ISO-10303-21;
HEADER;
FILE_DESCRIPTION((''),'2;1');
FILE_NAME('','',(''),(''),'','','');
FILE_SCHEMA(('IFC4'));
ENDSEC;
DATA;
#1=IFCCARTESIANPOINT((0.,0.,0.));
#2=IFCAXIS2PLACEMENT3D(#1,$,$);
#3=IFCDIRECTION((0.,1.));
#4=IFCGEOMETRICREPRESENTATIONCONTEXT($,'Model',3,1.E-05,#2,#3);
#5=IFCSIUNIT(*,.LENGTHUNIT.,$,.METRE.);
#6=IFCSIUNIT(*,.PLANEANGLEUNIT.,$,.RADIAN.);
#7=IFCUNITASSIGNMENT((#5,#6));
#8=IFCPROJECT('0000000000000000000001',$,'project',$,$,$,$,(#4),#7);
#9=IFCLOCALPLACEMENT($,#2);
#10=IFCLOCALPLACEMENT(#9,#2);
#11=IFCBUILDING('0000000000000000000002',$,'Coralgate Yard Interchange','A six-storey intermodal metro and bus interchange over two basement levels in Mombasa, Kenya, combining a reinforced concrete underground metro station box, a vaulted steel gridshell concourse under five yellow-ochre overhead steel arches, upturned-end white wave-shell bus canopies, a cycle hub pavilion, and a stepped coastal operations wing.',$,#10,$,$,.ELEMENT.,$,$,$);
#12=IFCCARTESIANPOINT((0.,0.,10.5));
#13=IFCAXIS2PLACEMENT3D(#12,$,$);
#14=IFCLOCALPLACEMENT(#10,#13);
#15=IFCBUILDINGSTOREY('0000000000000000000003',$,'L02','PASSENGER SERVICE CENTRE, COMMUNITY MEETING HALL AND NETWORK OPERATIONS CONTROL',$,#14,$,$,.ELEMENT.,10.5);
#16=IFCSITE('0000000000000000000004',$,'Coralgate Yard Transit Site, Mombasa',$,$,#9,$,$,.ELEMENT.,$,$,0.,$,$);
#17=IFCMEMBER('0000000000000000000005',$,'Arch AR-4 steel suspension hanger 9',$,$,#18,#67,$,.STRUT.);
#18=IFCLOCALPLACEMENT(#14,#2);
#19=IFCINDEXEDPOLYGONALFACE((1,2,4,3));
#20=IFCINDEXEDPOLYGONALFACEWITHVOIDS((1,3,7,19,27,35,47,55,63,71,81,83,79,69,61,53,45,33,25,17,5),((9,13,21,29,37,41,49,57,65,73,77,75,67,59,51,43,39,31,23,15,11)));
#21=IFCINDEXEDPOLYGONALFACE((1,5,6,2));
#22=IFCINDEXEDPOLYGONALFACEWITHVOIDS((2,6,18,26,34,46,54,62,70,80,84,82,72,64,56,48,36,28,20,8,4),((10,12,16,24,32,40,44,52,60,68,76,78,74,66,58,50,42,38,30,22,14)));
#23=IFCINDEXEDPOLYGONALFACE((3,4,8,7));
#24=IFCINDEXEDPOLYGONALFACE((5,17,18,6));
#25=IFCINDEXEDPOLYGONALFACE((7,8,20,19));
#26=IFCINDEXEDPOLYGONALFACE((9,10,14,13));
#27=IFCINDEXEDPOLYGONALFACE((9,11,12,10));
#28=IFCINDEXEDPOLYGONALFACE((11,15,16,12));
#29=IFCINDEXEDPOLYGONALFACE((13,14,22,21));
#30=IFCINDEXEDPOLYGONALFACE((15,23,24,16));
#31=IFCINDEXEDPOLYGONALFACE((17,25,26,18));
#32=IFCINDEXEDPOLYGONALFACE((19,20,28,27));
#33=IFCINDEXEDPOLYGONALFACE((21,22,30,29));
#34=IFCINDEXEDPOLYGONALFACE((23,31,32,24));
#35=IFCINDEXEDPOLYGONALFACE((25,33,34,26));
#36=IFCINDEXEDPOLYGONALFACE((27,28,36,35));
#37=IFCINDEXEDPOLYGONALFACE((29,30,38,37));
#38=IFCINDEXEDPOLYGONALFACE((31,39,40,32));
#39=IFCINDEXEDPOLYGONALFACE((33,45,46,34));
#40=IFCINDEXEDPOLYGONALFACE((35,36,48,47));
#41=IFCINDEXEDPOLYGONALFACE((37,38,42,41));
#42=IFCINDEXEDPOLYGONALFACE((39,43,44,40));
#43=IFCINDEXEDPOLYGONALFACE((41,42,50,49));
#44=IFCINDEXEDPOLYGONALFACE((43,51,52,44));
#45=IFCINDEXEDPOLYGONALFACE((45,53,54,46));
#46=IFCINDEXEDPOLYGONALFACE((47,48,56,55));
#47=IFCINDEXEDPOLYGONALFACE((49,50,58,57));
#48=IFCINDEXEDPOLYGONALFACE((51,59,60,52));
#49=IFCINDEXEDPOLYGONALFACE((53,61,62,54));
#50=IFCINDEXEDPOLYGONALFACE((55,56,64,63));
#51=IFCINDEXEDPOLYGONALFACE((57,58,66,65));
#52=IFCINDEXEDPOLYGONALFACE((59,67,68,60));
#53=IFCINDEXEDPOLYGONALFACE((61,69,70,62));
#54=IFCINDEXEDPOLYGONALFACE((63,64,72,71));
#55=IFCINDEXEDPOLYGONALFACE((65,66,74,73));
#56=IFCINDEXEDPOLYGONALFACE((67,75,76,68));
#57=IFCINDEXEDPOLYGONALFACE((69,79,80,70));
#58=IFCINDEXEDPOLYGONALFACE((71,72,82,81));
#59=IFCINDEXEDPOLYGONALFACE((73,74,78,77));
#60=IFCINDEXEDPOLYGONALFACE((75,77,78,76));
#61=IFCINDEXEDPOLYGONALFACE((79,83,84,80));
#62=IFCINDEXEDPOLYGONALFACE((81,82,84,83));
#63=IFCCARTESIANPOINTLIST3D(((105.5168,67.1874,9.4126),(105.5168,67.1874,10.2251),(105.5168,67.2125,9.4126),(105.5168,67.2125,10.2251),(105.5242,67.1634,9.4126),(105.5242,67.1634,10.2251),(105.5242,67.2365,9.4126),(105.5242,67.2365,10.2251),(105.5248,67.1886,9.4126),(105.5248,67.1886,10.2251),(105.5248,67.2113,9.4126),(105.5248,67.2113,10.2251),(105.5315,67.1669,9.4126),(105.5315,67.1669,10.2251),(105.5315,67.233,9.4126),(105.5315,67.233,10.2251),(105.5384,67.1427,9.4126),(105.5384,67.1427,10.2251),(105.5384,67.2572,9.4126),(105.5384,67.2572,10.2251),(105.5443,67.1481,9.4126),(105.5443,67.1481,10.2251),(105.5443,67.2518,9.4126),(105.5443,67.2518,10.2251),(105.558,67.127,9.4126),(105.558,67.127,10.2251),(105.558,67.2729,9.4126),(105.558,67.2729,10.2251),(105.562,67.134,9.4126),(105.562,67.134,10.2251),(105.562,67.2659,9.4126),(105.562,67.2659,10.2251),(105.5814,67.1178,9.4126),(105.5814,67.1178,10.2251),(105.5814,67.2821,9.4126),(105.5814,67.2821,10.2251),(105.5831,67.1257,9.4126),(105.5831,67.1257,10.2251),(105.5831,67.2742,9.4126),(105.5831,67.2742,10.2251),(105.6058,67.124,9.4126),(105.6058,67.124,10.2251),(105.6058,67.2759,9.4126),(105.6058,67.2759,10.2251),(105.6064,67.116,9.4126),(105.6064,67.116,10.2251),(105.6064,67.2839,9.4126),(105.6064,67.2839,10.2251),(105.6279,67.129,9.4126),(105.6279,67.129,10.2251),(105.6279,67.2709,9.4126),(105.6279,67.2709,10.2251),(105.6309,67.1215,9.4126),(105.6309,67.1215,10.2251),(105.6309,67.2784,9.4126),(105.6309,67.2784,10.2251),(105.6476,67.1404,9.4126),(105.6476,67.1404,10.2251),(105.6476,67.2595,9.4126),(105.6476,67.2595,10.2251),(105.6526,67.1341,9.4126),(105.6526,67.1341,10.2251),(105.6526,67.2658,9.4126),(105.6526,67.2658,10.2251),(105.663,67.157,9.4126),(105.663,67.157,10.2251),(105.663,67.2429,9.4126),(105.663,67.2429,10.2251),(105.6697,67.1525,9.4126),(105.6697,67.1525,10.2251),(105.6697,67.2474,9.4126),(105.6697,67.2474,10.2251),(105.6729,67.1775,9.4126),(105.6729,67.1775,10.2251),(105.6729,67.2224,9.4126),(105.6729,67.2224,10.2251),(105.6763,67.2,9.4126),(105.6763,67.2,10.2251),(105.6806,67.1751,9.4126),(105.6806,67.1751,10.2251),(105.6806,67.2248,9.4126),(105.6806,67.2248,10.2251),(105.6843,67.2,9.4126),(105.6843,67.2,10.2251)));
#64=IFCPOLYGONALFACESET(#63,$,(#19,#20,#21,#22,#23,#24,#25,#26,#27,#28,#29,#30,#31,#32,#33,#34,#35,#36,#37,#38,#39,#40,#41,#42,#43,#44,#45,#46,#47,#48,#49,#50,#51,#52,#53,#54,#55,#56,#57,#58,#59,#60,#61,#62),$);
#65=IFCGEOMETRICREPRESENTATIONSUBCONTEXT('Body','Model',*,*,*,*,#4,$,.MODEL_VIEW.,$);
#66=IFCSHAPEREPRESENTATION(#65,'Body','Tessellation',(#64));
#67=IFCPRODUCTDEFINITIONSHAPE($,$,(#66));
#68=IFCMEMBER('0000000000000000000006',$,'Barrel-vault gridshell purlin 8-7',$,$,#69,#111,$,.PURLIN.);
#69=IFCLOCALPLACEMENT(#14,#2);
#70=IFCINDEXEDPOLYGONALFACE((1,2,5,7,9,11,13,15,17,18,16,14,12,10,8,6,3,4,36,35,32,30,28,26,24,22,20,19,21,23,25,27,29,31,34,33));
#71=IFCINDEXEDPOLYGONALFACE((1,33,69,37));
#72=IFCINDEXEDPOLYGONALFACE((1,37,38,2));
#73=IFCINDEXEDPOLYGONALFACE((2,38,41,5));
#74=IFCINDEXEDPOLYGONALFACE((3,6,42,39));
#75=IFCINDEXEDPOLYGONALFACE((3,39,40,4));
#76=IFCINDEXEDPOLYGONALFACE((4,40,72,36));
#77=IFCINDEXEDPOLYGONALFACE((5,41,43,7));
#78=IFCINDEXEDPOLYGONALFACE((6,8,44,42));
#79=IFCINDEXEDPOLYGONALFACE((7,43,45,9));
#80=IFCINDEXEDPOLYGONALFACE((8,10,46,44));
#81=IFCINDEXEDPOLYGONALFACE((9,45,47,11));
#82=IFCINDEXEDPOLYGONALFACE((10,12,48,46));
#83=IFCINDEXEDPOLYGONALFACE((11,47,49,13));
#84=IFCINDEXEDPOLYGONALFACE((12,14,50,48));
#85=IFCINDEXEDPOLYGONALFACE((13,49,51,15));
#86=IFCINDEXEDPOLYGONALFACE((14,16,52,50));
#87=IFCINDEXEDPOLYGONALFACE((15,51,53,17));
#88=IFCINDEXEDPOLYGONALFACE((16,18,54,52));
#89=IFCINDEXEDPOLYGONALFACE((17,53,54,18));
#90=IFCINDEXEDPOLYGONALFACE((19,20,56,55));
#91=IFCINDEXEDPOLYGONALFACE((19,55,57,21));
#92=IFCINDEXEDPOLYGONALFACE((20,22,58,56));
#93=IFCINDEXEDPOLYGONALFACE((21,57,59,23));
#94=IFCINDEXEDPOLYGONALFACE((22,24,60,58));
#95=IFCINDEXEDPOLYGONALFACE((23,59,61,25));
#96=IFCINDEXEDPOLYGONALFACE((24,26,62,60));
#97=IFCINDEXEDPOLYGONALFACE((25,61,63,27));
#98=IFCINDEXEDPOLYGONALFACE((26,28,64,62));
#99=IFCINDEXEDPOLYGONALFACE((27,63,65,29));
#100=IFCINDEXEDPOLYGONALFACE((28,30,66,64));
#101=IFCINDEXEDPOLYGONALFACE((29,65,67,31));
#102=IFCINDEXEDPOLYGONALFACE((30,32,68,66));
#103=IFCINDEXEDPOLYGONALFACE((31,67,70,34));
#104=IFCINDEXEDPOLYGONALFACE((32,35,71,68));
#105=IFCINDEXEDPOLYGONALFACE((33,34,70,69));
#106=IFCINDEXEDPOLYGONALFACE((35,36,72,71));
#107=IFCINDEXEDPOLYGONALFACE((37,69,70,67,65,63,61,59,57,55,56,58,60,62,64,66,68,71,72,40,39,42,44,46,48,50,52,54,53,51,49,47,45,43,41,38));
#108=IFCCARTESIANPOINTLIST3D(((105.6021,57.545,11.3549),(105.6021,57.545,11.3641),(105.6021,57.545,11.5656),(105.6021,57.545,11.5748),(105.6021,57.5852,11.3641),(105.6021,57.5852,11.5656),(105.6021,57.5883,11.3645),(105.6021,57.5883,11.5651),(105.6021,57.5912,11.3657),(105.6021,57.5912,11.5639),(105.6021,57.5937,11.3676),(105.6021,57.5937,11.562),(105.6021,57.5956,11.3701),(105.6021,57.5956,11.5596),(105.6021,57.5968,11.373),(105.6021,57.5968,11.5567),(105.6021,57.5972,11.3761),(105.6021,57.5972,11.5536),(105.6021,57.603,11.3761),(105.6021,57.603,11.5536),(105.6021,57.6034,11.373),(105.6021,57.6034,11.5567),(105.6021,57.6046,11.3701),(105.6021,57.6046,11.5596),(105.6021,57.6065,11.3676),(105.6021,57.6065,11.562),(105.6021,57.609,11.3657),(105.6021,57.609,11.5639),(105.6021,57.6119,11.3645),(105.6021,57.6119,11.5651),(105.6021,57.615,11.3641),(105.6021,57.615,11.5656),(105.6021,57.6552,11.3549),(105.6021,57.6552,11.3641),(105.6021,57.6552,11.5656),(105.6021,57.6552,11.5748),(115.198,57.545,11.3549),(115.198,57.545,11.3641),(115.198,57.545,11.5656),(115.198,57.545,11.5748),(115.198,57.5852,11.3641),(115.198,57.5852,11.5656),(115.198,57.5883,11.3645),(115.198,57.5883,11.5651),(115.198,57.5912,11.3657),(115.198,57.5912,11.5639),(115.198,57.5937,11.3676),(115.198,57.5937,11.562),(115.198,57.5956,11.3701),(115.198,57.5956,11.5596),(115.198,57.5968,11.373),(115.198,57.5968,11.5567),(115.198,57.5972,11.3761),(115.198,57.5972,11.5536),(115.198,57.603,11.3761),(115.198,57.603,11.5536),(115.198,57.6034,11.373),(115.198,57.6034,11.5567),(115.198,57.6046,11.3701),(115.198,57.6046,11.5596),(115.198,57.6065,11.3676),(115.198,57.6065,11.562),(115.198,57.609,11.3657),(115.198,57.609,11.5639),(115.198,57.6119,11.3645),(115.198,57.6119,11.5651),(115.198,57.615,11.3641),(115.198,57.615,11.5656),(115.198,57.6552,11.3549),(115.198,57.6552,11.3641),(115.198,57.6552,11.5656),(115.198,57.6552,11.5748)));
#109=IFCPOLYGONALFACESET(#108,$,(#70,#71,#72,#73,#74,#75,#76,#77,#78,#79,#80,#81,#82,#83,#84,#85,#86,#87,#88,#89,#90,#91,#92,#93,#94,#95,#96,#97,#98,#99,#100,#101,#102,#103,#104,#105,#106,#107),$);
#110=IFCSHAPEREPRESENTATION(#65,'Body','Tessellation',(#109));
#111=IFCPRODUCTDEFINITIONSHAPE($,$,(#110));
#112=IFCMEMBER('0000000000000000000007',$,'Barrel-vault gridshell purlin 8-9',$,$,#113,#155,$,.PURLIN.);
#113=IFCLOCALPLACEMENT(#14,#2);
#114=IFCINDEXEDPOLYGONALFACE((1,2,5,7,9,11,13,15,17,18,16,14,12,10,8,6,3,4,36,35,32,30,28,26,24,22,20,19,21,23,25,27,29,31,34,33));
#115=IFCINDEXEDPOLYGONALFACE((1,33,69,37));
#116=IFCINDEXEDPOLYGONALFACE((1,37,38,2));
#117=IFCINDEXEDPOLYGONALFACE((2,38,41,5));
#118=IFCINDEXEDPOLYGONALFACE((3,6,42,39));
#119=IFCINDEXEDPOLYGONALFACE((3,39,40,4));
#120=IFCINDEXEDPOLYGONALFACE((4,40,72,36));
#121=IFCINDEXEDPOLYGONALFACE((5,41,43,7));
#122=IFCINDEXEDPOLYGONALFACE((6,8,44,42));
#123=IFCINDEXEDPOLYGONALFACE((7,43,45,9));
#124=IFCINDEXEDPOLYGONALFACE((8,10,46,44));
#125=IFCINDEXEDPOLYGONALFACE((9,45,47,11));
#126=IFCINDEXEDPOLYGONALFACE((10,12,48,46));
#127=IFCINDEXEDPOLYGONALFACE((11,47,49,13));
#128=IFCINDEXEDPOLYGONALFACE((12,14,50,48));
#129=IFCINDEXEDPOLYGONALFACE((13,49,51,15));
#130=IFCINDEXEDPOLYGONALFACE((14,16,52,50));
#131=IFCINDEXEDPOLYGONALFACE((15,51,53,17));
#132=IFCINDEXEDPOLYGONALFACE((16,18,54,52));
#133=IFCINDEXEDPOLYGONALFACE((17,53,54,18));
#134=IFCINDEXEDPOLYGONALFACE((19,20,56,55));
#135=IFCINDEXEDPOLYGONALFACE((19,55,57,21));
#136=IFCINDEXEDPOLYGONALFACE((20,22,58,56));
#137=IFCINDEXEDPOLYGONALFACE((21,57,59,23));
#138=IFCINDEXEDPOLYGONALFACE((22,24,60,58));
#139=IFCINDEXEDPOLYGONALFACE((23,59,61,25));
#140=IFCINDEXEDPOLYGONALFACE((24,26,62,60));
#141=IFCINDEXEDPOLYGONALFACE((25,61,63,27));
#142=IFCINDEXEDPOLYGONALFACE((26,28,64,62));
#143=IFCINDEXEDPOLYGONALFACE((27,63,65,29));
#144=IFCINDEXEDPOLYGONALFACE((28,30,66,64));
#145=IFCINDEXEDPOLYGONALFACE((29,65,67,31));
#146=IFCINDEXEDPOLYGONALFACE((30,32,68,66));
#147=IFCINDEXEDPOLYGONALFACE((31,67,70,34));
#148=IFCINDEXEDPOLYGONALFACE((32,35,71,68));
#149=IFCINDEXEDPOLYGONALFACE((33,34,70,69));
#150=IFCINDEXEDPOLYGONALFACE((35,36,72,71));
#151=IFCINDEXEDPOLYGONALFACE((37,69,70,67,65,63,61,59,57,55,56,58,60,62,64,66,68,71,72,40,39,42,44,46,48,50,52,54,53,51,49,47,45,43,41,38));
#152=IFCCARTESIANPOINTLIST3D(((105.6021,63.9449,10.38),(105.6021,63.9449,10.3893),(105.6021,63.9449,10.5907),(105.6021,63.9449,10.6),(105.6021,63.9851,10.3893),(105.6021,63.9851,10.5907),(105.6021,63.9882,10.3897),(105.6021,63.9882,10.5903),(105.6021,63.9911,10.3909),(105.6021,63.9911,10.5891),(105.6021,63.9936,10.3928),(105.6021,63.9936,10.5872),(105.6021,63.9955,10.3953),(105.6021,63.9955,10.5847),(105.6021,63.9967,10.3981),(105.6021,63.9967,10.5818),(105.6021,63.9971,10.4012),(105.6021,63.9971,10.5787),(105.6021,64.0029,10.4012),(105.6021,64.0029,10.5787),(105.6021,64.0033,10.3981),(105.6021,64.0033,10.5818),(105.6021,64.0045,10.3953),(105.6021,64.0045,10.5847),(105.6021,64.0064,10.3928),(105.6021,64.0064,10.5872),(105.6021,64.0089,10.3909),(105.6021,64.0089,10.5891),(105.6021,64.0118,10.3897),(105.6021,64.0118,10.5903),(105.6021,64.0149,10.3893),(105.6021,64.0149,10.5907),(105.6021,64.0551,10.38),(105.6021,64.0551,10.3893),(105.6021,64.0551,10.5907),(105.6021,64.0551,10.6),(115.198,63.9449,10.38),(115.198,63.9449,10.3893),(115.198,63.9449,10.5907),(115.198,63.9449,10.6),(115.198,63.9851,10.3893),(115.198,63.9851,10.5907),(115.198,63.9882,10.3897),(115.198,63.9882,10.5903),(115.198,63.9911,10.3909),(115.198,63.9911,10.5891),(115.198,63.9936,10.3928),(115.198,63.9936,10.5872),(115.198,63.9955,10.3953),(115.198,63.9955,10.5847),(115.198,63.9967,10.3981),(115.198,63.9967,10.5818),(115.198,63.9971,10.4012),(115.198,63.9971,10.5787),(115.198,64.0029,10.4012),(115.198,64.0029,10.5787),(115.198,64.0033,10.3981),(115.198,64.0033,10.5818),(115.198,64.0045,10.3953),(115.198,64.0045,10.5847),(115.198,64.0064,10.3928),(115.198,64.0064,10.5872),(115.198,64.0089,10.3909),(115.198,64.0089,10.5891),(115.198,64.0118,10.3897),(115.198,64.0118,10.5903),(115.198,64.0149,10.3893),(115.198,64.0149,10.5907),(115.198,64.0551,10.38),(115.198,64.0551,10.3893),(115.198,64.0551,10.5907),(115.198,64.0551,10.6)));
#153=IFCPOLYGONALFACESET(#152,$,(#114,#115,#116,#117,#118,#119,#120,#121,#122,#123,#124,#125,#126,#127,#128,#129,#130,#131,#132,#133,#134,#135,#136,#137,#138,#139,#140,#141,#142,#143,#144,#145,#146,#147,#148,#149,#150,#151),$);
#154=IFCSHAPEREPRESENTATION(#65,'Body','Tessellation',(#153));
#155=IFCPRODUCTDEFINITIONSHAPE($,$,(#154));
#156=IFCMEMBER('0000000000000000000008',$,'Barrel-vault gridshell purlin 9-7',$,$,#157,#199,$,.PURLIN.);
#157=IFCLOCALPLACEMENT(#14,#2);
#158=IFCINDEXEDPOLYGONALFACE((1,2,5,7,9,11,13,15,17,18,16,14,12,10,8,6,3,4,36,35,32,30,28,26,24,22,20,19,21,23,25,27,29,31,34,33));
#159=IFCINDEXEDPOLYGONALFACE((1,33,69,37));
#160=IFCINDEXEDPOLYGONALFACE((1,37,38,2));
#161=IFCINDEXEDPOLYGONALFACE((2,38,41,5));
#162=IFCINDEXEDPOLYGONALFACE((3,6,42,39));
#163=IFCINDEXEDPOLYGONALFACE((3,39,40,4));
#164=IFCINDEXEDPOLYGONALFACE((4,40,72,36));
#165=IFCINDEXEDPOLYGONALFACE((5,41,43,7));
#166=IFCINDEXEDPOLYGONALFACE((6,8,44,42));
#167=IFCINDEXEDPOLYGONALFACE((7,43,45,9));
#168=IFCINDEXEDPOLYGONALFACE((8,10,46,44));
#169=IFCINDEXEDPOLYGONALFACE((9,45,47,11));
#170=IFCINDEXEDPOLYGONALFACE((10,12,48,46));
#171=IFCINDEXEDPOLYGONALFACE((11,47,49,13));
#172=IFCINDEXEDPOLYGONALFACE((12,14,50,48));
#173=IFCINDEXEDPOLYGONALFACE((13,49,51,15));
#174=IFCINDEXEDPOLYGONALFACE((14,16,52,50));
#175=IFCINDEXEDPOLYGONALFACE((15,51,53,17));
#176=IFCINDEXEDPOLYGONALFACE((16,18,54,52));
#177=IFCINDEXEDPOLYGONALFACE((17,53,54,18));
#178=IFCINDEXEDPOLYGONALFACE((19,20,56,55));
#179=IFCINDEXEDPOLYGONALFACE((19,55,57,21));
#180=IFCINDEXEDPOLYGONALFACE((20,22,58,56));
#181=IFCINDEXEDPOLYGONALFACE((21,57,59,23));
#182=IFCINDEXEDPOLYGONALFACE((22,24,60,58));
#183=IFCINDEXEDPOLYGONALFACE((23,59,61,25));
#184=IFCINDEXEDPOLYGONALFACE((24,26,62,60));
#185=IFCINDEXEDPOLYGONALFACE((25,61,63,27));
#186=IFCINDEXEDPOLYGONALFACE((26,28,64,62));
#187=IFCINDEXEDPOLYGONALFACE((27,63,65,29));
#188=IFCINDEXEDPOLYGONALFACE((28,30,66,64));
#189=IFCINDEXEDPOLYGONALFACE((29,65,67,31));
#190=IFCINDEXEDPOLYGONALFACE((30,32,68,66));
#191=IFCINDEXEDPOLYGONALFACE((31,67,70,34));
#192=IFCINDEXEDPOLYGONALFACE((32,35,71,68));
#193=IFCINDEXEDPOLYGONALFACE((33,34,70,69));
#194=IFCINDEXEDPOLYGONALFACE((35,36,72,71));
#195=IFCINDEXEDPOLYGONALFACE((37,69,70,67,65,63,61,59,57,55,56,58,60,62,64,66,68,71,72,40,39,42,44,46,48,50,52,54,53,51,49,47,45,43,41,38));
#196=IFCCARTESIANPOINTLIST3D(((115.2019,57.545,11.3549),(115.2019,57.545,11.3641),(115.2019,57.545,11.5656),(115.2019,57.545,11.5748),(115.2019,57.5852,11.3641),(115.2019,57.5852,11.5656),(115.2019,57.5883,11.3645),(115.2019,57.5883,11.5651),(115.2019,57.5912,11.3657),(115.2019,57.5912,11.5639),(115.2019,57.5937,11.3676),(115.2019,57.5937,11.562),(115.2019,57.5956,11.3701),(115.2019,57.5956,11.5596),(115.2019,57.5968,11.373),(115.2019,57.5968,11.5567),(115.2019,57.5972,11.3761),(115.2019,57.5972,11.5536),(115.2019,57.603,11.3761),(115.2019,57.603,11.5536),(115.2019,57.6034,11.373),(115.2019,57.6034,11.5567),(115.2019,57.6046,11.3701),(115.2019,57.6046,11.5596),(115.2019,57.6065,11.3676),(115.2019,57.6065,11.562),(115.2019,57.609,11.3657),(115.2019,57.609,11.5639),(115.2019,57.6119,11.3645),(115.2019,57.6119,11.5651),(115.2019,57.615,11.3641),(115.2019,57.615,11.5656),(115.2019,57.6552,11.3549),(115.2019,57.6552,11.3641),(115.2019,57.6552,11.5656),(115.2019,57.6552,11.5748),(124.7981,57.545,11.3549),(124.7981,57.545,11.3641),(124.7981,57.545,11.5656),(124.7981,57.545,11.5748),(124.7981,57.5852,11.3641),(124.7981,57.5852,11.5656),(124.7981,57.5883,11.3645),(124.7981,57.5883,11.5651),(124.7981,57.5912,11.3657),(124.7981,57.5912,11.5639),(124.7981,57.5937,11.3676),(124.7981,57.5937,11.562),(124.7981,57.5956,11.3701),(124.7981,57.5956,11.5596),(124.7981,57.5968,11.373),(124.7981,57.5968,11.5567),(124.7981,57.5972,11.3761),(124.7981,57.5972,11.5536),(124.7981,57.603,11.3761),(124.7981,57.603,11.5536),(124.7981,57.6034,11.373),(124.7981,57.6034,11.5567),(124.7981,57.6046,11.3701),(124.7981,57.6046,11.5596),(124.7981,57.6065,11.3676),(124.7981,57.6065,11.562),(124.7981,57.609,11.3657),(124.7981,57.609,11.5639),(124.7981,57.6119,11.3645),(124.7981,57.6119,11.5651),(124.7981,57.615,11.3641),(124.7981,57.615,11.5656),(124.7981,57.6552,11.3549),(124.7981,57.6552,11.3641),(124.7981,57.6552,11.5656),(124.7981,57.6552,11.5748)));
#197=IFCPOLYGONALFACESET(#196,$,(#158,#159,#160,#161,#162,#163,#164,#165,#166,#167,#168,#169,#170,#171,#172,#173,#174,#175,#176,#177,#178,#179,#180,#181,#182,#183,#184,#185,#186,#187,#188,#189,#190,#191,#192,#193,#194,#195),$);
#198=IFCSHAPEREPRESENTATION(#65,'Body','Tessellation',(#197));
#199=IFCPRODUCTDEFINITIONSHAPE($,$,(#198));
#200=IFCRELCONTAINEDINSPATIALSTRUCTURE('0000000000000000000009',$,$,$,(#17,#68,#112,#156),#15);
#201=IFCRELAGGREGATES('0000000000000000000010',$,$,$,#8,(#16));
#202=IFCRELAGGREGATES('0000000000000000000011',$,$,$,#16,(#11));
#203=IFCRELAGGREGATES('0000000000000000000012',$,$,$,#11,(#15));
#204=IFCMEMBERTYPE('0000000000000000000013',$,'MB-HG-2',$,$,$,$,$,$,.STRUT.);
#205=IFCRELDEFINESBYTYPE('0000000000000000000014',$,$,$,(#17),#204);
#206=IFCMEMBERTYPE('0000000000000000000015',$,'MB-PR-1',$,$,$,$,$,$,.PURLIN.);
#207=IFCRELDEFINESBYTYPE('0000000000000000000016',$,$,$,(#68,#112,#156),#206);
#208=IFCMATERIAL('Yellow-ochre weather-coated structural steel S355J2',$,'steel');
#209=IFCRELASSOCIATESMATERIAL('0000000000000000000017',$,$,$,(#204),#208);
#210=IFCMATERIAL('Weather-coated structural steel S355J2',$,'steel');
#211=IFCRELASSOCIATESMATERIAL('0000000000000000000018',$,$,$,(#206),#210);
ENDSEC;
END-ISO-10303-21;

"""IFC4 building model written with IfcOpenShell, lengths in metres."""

from ifc_helpers import new_model, si_unit, direction, frame, origin, origin_2d, place, context, subcontext, project, spatial, hollow_circle, i_section, extrude, material, material_profile, profile_set, type_object, element, save


model = new_model("IFC4")

# Units and contexts
model_context = context("Model", 3, precision=1e-05, world=origin(), true_north=direction((0.0, 1.0)))
body_context = subcontext(model_context, "Body", "Model", "MODEL_VIEW")
ifc_project = project(units=[si_unit("LENGTHUNIT", "METRE"), si_unit("PLANEANGLEUNIT", "RADIAN")], contexts=[model_context])

# Site, building, storey
site_placement = place(None, origin())
site = spatial("IfcSite", under=ifc_project, at=site_placement, Name="Coralgate Yard Transit Site, Mombasa", CompositionType="ELEMENT", RefElevation=0.0)
building_placement = place(site_placement, origin())
building = spatial("IfcBuilding", under=site, at=building_placement, Name="Coralgate Yard Interchange", Description="A six-storey intermodal metro and bus interchange over two basement levels in Mombasa, Kenya, combining a reinforced concrete underground metro station box, a vaulted steel gridshell concourse under five yellow-ochre overhead steel arches, upturned-end white wave-shell bus canopies, a cycle hub pavilion, and a stepped coastal operations wing.", CompositionType="ELEMENT")
storey_placement = place(building_placement, frame((0.0, 0.0, 10.5)))
storey = spatial("IfcBuildingStorey", under=building, at=storey_placement, Name="L02", Description="PASSENGER SERVICE CENTRE, COMMUNITY MEETING HALL AND NETWORK OPERATIONS CONTROL", CompositionType="ELEMENT", Elevation=10.5)

# Shared definitions
ifc_material_1 = material(Name="Yellow-ochre weather-coated structural steel S355J2", Category="steel")
ifc_material_2 = material(Name="Weather-coated structural steel S355J2", Category="steel")

# Members
ifc_material_profile_1 = material_profile(ifc_material_1, hollow_circle(Radius=0.0842, WallThickness=0.0081, at=origin_2d()), Name="CHS 168.3x8")
ifc_profile_set_1 = profile_set([ifc_material_profile_1], Name="Yellow-ochre weather-coated structural steel S355J2")
member_type_1 = type_object("IfcMemberType", Name="MB-HG-2", PredefinedType="STRUT", material=ifc_profile_set_1)
member_1_placement = place(storey_placement, frame((105.6001, 67.2, 9.4126), z_axis=(0.0, 0.0, 1.0), x_axis=(1.0, 0.0, 0.0)))
element("IfcMember", 1, at=member_1_placement, inside=storey, type_object=member_type_1, Name="Arch AR-4 steel suspension hanger 9", PredefinedType="STRUT", context=body_context, shape_type="SweptSolid", body=[
    extrude(hollow_circle(Radius=0.0842, WallThickness=0.0081, at=origin_2d()), origin(), (0.0, 0.0, 1.0), 0.8125),
])
ifc_material_profile_2 = material_profile(ifc_material_2, i_section(OverallWidth=0.1101, OverallDepth=0.22, WebThickness=0.0059, FlangeThickness=0.0093, FilletRadius=0.012, at=origin_2d()), Name="IPE 220")
ifc_profile_set_2 = profile_set([ifc_material_profile_2], Name="Weather-coated structural steel S355J2")
member_type_2 = type_object("IfcMemberType", Name="MB-PR-1", PredefinedType="PURLIN", material=ifc_profile_set_2)
for number, where, z_axis, x_axis, name in (
    (2, (105.6021, 57.6001, 11.4648), (1.0, 0.0, 0.0), (0.0, 1.0, 0.0), "Barrel-vault gridshell purlin 8-7"),
    (3, (105.6021, 64.0, 10.49), (1.0, 0.0, 0.0), (0.0, 1.0, 0.0), "Barrel-vault gridshell purlin 8-9"),
):
    element("IfcMember", number, at=place(storey_placement, frame(where, z_axis=z_axis, x_axis=x_axis)), inside=storey, type_object=member_type_2, Name=name, PredefinedType="PURLIN", context=body_context, shape_type="SweptSolid", body=[
        extrude(i_section(OverallWidth=0.1101, OverallDepth=0.22, WebThickness=0.0059, FlangeThickness=0.0093, FilletRadius=0.012, at=origin_2d()), origin(), (0.0, 0.0, 1.0), 9.5959),
    ])
for number, where, z_axis, x_axis, name in (
    (4, (115.2019, 57.6001, 11.4648), (1.0, 0.0, 0.0), (0.0, 1.0, 0.0), "Barrel-vault gridshell purlin 9-7"),
):
    element("IfcMember", number, at=place(storey_placement, frame(where, z_axis=z_axis, x_axis=x_axis)), inside=storey, type_object=member_type_2, Name=name, PredefinedType="PURLIN", context=body_context, shape_type="SweptSolid", body=[
        extrude(i_section(OverallWidth=0.1101, OverallDepth=0.22, WebThickness=0.0059, FlangeThickness=0.0093, FilletRadius=0.012, at=origin_2d()), origin(), (0.0, 0.0, 1.0), 9.5962),
    ])

save(model, "model.ifc")
